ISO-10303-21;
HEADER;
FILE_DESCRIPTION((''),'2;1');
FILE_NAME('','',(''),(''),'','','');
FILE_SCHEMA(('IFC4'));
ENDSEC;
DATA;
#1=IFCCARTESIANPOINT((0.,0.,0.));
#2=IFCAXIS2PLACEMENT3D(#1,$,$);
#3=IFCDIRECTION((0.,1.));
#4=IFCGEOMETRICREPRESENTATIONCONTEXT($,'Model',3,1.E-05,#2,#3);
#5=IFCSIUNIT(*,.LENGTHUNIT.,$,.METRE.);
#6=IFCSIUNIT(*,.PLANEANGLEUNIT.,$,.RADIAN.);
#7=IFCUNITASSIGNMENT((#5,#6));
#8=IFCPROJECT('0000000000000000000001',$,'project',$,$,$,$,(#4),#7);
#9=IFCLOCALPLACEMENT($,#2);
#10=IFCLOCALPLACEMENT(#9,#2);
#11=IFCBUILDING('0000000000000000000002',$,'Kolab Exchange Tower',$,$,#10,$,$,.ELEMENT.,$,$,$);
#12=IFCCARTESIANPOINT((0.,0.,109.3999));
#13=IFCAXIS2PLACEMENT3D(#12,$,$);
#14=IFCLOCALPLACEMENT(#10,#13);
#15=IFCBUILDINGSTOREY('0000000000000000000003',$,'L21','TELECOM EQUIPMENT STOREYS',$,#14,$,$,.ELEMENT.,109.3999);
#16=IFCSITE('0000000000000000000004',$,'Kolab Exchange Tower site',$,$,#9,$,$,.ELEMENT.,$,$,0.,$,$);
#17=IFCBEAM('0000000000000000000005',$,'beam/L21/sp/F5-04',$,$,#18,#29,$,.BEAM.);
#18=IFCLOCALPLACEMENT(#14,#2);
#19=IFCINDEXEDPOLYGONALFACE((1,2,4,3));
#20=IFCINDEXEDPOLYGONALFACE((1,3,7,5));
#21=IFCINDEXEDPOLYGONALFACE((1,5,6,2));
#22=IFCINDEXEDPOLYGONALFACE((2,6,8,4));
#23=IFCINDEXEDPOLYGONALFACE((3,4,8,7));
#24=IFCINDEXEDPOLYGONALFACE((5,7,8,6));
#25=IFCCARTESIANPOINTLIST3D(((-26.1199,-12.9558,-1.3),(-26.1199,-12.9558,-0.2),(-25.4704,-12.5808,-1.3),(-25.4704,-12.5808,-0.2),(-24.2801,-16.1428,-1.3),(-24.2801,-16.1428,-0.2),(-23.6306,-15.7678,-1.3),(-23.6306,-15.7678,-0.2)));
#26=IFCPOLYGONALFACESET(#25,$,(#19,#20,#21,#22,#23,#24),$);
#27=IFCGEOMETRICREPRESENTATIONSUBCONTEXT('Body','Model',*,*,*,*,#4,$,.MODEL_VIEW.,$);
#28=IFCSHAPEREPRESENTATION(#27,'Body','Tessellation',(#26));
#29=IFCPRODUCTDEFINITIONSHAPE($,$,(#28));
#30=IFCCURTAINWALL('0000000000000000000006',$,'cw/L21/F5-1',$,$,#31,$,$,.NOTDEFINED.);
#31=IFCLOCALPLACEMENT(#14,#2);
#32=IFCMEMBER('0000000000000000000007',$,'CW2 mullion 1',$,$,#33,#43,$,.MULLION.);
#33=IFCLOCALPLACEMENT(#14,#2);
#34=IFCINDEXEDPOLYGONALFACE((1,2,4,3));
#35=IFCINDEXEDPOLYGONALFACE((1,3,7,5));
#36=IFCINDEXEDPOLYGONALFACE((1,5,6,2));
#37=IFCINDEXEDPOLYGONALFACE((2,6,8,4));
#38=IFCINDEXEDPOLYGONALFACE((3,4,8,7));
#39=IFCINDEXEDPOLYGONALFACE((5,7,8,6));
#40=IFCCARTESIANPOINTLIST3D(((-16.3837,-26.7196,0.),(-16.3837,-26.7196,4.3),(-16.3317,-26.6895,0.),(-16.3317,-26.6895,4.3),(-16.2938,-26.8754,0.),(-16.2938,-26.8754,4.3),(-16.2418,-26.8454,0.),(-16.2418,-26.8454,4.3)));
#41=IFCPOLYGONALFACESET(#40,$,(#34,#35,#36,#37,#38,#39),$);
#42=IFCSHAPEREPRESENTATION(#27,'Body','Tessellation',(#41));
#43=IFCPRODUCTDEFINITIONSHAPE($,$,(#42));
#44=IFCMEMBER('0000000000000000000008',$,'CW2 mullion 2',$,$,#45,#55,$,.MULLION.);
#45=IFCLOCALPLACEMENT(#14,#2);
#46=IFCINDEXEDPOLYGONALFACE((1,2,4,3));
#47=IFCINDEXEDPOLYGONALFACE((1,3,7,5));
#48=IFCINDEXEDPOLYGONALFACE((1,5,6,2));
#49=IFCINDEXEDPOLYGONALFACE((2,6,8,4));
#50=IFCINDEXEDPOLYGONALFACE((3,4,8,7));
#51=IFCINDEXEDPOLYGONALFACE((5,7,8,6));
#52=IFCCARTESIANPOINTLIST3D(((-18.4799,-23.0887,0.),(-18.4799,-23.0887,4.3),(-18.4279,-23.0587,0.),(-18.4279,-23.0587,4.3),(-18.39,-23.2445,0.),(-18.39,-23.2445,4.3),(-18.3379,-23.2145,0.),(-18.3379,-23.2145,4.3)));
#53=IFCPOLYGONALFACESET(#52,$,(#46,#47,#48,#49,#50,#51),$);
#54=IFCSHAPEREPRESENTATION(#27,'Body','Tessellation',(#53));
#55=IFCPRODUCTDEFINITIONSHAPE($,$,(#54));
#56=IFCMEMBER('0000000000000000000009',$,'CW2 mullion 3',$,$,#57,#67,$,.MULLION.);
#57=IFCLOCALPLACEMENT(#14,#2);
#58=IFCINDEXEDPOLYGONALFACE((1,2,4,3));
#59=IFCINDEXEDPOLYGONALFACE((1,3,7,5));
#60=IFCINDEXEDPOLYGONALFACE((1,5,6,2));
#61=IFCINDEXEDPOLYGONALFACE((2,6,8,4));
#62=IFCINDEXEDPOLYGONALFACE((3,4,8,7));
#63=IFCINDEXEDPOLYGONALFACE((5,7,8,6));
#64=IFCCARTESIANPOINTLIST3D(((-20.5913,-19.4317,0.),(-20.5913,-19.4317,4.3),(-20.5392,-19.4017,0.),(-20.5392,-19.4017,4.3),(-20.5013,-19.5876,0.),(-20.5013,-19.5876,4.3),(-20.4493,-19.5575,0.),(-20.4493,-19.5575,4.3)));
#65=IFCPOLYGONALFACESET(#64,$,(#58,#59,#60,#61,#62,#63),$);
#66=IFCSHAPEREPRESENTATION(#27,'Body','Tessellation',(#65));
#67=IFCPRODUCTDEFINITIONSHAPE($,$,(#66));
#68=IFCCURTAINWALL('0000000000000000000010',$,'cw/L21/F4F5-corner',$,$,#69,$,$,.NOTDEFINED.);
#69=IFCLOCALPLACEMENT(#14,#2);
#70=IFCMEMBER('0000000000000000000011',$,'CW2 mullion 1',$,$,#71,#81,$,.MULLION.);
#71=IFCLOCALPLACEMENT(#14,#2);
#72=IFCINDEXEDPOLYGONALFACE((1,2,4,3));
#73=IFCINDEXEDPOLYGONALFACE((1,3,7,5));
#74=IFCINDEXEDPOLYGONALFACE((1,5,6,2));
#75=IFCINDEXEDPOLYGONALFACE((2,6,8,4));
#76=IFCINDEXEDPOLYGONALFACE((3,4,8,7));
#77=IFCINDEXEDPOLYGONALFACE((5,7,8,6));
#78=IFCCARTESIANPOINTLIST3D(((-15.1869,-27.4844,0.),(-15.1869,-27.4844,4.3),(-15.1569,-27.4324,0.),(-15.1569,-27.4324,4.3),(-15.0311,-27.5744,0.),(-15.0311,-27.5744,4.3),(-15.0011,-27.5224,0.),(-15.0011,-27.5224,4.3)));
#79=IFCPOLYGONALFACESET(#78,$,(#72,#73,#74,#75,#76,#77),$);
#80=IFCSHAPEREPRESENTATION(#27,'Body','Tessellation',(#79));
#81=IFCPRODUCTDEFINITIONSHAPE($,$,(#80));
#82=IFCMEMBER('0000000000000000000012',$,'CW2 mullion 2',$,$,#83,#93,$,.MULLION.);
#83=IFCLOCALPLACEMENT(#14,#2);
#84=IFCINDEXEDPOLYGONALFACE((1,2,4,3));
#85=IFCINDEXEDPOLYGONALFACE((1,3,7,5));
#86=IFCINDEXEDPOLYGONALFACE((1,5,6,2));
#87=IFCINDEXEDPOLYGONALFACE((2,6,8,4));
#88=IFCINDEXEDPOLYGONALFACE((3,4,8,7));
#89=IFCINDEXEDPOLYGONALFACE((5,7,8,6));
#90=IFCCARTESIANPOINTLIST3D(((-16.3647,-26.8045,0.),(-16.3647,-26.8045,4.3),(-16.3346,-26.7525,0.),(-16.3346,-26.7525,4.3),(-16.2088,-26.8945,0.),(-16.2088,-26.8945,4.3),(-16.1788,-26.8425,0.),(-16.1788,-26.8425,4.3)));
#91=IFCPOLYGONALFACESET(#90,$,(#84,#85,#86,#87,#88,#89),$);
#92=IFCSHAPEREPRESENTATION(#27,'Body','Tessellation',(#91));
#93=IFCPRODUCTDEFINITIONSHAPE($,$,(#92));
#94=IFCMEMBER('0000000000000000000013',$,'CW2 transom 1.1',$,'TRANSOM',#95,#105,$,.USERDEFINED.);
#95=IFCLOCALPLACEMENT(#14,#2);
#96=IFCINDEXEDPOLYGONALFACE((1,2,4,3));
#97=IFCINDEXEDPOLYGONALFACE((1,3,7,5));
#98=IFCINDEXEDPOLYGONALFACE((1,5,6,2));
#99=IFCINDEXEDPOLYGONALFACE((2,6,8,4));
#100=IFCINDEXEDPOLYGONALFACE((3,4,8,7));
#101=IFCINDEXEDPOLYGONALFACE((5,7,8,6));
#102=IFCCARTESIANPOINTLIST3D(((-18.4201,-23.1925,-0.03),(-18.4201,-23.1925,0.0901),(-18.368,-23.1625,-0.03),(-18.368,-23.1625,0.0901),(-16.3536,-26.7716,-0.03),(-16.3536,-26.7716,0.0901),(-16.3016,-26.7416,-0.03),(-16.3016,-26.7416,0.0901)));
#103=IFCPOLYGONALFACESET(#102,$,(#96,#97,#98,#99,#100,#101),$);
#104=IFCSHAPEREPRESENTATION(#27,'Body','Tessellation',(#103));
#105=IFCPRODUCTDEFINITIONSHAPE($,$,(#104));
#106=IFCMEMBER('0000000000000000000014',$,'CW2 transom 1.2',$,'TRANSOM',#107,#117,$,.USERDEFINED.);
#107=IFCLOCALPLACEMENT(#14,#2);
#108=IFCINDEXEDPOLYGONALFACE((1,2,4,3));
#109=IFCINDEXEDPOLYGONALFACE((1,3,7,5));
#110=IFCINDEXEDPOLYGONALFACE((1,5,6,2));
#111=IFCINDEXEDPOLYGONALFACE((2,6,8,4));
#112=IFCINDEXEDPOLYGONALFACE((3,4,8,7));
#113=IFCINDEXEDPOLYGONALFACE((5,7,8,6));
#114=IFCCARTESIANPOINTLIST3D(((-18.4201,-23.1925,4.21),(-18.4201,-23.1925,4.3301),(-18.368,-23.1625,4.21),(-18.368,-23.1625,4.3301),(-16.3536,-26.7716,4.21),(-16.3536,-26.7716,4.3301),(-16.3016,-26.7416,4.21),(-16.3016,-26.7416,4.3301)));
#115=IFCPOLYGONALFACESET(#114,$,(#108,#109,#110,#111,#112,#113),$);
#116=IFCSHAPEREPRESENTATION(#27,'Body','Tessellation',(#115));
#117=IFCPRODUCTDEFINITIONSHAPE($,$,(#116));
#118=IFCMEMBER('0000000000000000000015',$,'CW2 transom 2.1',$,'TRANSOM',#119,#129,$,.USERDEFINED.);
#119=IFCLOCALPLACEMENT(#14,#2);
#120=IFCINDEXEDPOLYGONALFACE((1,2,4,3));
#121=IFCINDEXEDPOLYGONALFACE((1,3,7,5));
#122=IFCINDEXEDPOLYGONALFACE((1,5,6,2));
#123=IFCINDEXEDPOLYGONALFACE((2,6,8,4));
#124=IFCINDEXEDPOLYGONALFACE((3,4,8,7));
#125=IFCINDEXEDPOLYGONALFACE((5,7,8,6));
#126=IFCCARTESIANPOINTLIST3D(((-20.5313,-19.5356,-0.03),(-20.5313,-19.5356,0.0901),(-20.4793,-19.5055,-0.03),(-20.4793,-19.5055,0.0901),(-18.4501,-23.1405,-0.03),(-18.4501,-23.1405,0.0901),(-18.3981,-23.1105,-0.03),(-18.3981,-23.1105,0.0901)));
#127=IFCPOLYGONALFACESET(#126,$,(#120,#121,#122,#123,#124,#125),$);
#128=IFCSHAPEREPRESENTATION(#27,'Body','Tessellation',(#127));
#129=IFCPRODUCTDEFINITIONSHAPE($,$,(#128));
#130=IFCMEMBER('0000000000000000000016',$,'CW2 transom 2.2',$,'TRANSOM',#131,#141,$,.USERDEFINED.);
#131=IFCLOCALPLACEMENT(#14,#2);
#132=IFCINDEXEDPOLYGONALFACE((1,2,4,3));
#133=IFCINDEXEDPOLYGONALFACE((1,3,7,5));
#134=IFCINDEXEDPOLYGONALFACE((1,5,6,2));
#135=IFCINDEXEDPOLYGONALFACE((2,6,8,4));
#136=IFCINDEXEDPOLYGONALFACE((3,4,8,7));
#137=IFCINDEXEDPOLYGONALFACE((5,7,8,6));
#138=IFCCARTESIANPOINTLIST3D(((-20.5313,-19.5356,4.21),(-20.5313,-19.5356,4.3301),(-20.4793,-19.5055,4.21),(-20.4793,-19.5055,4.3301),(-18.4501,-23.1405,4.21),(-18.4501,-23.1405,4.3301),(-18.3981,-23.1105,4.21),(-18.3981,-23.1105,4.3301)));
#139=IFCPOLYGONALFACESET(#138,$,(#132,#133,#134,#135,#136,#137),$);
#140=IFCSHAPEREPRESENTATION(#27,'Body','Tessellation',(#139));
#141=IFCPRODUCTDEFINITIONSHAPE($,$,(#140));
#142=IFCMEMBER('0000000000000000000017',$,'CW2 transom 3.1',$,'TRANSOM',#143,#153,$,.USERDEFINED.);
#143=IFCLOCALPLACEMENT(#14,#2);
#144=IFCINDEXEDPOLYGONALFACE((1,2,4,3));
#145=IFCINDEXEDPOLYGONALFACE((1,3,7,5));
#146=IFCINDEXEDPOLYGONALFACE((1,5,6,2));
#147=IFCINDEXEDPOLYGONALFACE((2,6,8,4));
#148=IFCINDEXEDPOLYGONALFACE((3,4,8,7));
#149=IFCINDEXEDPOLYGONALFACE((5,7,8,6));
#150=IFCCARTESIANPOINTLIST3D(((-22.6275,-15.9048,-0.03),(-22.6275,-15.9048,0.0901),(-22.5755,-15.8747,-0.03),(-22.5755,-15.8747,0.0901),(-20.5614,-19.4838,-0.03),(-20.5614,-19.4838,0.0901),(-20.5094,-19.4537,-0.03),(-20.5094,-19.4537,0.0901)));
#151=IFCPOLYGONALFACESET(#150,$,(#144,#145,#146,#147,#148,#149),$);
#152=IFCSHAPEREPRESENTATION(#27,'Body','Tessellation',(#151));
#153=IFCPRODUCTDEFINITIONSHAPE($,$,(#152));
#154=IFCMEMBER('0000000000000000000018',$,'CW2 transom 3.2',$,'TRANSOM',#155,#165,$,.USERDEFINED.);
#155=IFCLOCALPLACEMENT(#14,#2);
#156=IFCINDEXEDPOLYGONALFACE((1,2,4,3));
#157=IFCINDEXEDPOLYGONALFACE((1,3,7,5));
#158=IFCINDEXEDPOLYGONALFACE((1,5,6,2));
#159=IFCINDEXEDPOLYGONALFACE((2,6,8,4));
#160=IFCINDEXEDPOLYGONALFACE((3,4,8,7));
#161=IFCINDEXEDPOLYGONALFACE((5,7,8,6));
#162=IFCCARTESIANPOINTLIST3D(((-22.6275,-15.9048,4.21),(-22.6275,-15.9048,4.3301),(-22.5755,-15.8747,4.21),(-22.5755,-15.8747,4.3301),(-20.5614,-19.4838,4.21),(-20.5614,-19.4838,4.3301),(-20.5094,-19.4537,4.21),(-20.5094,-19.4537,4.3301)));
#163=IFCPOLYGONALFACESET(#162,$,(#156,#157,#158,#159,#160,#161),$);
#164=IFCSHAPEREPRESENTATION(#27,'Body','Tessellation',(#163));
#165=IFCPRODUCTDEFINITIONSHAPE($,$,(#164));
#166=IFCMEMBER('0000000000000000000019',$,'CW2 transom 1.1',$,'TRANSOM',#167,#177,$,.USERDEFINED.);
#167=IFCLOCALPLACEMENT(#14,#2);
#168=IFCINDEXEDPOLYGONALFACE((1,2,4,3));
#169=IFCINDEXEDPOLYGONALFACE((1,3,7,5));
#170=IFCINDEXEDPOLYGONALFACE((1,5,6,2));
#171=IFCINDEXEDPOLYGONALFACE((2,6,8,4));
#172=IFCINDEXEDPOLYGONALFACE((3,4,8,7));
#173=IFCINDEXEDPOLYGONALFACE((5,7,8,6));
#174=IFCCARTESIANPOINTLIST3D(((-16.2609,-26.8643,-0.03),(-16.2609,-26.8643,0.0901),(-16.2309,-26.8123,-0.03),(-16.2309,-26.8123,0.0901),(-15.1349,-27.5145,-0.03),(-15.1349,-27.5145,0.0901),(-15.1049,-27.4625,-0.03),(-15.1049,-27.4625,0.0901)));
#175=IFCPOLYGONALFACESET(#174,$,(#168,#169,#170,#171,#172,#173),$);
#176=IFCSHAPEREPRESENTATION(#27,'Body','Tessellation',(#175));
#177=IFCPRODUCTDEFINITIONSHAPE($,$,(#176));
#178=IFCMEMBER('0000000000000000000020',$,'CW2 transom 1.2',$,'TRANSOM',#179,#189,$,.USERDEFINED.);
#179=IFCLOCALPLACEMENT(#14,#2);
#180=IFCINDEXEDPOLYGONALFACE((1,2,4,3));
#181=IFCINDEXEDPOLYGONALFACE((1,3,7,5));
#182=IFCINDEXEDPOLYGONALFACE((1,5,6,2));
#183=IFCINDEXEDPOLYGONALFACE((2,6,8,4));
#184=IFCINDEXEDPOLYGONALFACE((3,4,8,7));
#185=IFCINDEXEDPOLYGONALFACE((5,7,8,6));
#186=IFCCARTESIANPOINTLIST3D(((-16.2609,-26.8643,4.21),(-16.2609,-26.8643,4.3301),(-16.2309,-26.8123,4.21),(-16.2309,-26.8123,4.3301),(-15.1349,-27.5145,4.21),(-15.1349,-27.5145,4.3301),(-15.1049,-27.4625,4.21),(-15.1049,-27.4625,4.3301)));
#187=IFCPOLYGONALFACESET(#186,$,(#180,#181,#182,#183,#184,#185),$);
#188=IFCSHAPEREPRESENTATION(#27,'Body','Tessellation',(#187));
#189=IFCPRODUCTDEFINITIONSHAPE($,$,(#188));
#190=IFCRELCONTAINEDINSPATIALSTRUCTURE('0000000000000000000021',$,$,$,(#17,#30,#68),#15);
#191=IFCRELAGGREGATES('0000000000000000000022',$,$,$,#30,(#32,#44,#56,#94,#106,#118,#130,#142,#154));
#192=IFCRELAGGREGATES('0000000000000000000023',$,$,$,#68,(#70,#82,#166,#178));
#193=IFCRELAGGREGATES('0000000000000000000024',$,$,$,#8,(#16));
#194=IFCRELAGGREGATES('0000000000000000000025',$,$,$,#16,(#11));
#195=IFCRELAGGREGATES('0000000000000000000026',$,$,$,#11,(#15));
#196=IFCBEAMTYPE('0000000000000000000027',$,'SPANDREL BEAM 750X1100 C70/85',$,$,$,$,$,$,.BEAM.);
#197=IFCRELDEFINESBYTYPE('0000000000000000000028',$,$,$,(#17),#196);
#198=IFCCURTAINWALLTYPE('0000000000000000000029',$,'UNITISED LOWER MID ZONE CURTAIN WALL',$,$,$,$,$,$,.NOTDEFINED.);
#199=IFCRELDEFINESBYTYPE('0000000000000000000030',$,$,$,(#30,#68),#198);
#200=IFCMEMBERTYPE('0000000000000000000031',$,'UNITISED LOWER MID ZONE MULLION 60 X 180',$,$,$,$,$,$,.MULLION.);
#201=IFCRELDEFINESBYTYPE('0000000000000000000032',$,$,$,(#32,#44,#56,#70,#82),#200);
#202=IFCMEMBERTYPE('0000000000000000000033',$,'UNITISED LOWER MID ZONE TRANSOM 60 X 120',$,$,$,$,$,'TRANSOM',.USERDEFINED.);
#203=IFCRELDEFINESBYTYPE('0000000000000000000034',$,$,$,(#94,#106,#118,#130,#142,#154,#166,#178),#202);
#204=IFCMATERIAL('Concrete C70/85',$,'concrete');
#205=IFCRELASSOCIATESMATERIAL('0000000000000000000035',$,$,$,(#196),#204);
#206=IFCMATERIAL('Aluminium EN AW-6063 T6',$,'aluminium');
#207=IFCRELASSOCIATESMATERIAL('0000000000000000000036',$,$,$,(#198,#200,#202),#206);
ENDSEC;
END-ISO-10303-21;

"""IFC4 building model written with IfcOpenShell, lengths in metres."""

from ifc_helpers import new_model, si_unit, direction, frame, origin, origin_2d, place, context, subcontext, project, spatial, rectangle, extrude, material, material_profile, profile_set, type_object, element, aggregate, save


model = new_model("IFC4")

# Units and contexts
model_context = context("Model", 3, precision=1e-05, world=origin(), true_north=direction((0.0, 1.0)))
body_context = subcontext(model_context, "Body", "Model", "MODEL_VIEW")
ifc_project = project(units=[si_unit("LENGTHUNIT", "METRE"), si_unit("PLANEANGLEUNIT", "RADIAN")], contexts=[model_context])

# Site, building, storey
site_placement = place(None, origin())
site = spatial("IfcSite", under=ifc_project, at=site_placement, Name="Kolab Exchange Tower site", CompositionType="ELEMENT", RefElevation=0.0)
building_placement = place(site_placement, origin())
building = spatial("IfcBuilding", under=site, at=building_placement, Name="Kolab Exchange Tower", CompositionType="ELEMENT")
storey_placement = place(building_placement, frame((0.0, 0.0, 109.3999)))
storey = spatial("IfcBuildingStorey", under=building, at=storey_placement, Name="L21", Description="TELECOM EQUIPMENT STOREYS", CompositionType="ELEMENT", Elevation=109.3999)

# Shared definitions
ifc_material_1 = material(Name="Concrete C70/85", Category="concrete")

# Beam
ifc_material_profile_1 = material_profile(ifc_material_1, rectangle(XDim=0.75, YDim=1.1001, at=origin_2d()), Name="RC750X1100")
ifc_profile_set_1 = profile_set([ifc_material_profile_1], Name="Concrete C70/85")
beam_type_1 = type_object("IfcBeamType", Name="SPANDREL BEAM 750X1100 C70/85", PredefinedType="BEAM", material=ifc_profile_set_1)
beam_1_placement = place(storey_placement, frame((-23.9553, -15.9553, -0.75), z_axis=(-0.499964, 0.866046, 0.0), x_axis=(-0.866046, -0.499964, 0.0)))
element("IfcBeam", 1, at=beam_1_placement, inside=storey, type_object=beam_type_1, Name="beam/L21/sp/F5-04", PredefinedType="BEAM", context=body_context, shape_type="SweptSolid", body=[
    extrude(rectangle(XDim=0.75, YDim=1.1001, at=origin_2d()), origin(), (0.0, 0.0, 1.0), 3.6799),
])

# Curtain walls, members
ifc_material_2 = material(Name="Aluminium EN AW-6063 T6", Category="aluminium")
curtain_wall_type = type_object("IfcCurtainWallType", Name="UNITISED LOWER MID ZONE CURTAIN WALL", PredefinedType="NOTDEFINED", material=ifc_material_2)
curtain_wall_1_placement = place(storey_placement, origin())
curtain_wall_1 = element("IfcCurtainWall", 2, at=curtain_wall_1_placement, inside=storey, type_object=curtain_wall_type, Name="cw/L21/F5-1", PredefinedType="NOTDEFINED")
ifc_material_profile_2 = material_profile(ifc_material_2, rectangle(XDim=0.0601, YDim=0.1799, at=origin_2d()), Name="RECT 60X180")
ifc_profile_set_2 = profile_set([ifc_material_profile_2], Name="Aluminium EN AW-6063 T6")
member_type_1 = type_object("IfcMemberType", Name="UNITISED LOWER MID ZONE MULLION 60 X 180", PredefinedType="MULLION", material=ifc_profile_set_2)
member_1_placement = place(storey_placement, frame((-16.3127, -26.7825, 0.0), z_axis=(0.0, 0.0, 1.0), x_axis=(-0.866025, -0.5, 0.0)))
member_1 = element("IfcMember", 3, at=member_1_placement, type_object=member_type_1, Name="CW2 mullion 1", PredefinedType="MULLION", context=body_context, shape_type="SweptSolid", body=[
    extrude(rectangle(XDim=0.0601, YDim=0.1799, at=origin_2d()), origin(), (0.0, 0.0, 1.0), 4.3),
])
member_2_placement = place(storey_placement, frame((-18.4089, -23.1516, 0.0), z_axis=(0.0, 0.0, 1.0), x_axis=(-0.866025, -0.5, 0.0)))
member_2 = element("IfcMember", 4, at=member_2_placement, type_object=member_type_1, Name="CW2 mullion 2", PredefinedType="MULLION", context=body_context, shape_type="SweptSolid", body=[
    extrude(rectangle(XDim=0.0601, YDim=0.1799, at=origin_2d()), origin(), (0.0, 0.0, 1.0), 4.3),
])
member_3_placement = place(storey_placement, frame((-20.5203, -19.4946, 0.0), z_axis=(0.0, 0.0, 1.0), x_axis=(-0.866025, -0.5, 0.0)))
member_3 = element("IfcMember", 5, at=member_3_placement, type_object=member_type_1, Name="CW2 mullion 3", PredefinedType="MULLION", context=body_context, shape_type="SweptSolid", body=[
    extrude(rectangle(XDim=0.0601, YDim=0.1799, at=origin_2d()), origin(), (0.0, 0.0, 1.0), 4.3),
])
curtain_wall_2_placement = place(storey_placement, origin())
curtain_wall_2 = element("IfcCurtainWall", 6, at=curtain_wall_2_placement, inside=storey, type_object=curtain_wall_type, Name="cw/L21/F4F5-corner", PredefinedType="NOTDEFINED")
member_4_placement = place(storey_placement, frame((-15.094, -27.5034, 0.0), z_axis=(0.0, 0.0, 1.0), x_axis=(-0.5, -0.866025, 0.0)))
member_4 = element("IfcMember", 7, at=member_4_placement, type_object=member_type_1, Name="CW2 mullion 1", PredefinedType="MULLION", context=body_context, shape_type="SweptSolid", body=[
    extrude(rectangle(XDim=0.0601, YDim=0.1799, at=origin_2d()), origin(), (0.0, 0.0, 1.0), 4.3),
])
member_5_placement = place(storey_placement, frame((-16.2717, -26.8235, 0.0), z_axis=(0.0, 0.0, 1.0), x_axis=(-0.5, -0.866025, 0.0)))
member_5 = element("IfcMember", 8, at=member_5_placement, type_object=member_type_1, Name="CW2 mullion 2", PredefinedType="MULLION", context=body_context, shape_type="SweptSolid", body=[
    extrude(rectangle(XDim=0.0601, YDim=0.1799, at=origin_2d()), origin(), (0.0, 0.0, 1.0), 4.3),
])

# Members
ifc_material_profile_3 = material_profile(ifc_material_2, rectangle(XDim=0.0601, YDim=0.1201, at=origin_2d()), Name="RECT 60X120")
ifc_profile_set_3 = profile_set([ifc_material_profile_3], Name="Aluminium EN AW-6063 T6")
member_type_2 = type_object("IfcMemberType", Name="UNITISED LOWER MID ZONE TRANSOM 60 X 120", ElementType="TRANSOM", PredefinedType="USERDEFINED", material=ifc_profile_set_3)
member_6_placement = place(storey_placement, frame((-16.3276, -26.7566, 0.03), z_axis=(-0.500002, 0.866024, 0.0), x_axis=(-0.866024, -0.500002, 0.0)))
member_6 = element("IfcMember", 9, at=member_6_placement, type_object=member_type_2, Name="CW2 transom 1.1", ObjectType="TRANSOM", PredefinedType="USERDEFINED", context=body_context, shape_type="SweptSolid", body=[
    extrude(rectangle(XDim=0.0601, YDim=0.1201, at=origin_2d()), origin(), (0.0, 0.0, 1.0), 4.1328),
])
member_7_placement = place(storey_placement, frame((-16.3276, -26.7566, 4.27), z_axis=(-0.500002, 0.866024, 0.0), x_axis=(-0.866024, -0.500002, 0.0)))
member_7 = element("IfcMember", 10, at=member_7_placement, type_object=member_type_2, Name="CW2 transom 1.2", ObjectType="TRANSOM", PredefinedType="USERDEFINED", context=body_context, shape_type="SweptSolid", body=[
    extrude(rectangle(XDim=0.0601, YDim=0.1201, at=origin_2d()), origin(), (0.0, 0.0, 1.0), 4.1328),
])
member_8_placement = place(storey_placement, frame((-18.4241, -23.1255, 0.03), z_axis=(-0.499993, 0.866029, 0.0), x_axis=(-0.866029, -0.499993, 0.0)))
member_8 = element("IfcMember", 11, at=member_8_placement, type_object=member_type_2, Name="CW2 transom 2.1", ObjectType="TRANSOM", PredefinedType="USERDEFINED", context=body_context, shape_type="SweptSolid", body=[
    extrude(rectangle(XDim=0.0601, YDim=0.1201, at=origin_2d()), origin(), (0.0, 0.0, 1.0), 4.1626),
])
member_9_placement = place(storey_placement, frame((-18.4241, -23.1255, 4.27), z_axis=(-0.499993, 0.866029, 0.0), x_axis=(-0.866029, -0.499993, 0.0)))
member_9 = element("IfcMember", 12, at=member_9_placement, type_object=member_type_2, Name="CW2 transom 2.2", ObjectType="TRANSOM", PredefinedType="USERDEFINED", context=body_context, shape_type="SweptSolid", body=[
    extrude(rectangle(XDim=0.0601, YDim=0.1201, at=origin_2d()), origin(), (0.0, 0.0, 1.0), 4.1626),
])
member_10_placement = place(storey_placement, frame((-20.5354, -19.4688, 0.03), z_axis=(-0.499958, 0.86605, 0.0), x_axis=(-0.86605, -0.499958, 0.0)))
member_10 = element("IfcMember", 13, at=member_10_placement, type_object=member_type_2, Name="CW2 transom 3.1", ObjectType="TRANSOM", PredefinedType="USERDEFINED", context=body_context, shape_type="SweptSolid", body=[
    extrude(rectangle(XDim=0.0601, YDim=0.1201, at=origin_2d()), origin(), (0.0, 0.0, 1.0), 4.1326),
])
member_11_placement = place(storey_placement, frame((-20.5354, -19.4688, 4.27), z_axis=(-0.499958, 0.86605, 0.0), x_axis=(-0.86605, -0.499958, 0.0)))
member_11 = element("IfcMember", 14, at=member_11_placement, type_object=member_type_2, Name="CW2 transom 3.2", ObjectType="TRANSOM", PredefinedType="USERDEFINED", context=body_context, shape_type="SweptSolid", body=[
    extrude(rectangle(XDim=0.0601, YDim=0.1201, at=origin_2d()), origin(), (0.0, 0.0, 1.0), 4.1326),
])
member_12_placement = place(storey_placement, frame((-15.1199, -27.4885, 0.03), z_axis=(-0.866004, 0.500037, 0.0), x_axis=(-0.500037, -0.866004, 0.0)))
member_12 = element("IfcMember", 15, at=member_12_placement, type_object=member_type_2, Name="CW2 transom 1.1", ObjectType="TRANSOM", PredefinedType="USERDEFINED", context=body_context, shape_type="SweptSolid", body=[
    extrude(rectangle(XDim=0.0601, YDim=0.1201, at=origin_2d()), origin(), (0.0, 0.0, 1.0), 1.3003),
])
member_13_placement = place(storey_placement, frame((-15.1199, -27.4885, 4.27), z_axis=(-0.866004, 0.500037, 0.0), x_axis=(-0.500037, -0.866004, 0.0)))
member_13 = element("IfcMember", 16, at=member_13_placement, type_object=member_type_2, Name="CW2 transom 1.2", ObjectType="TRANSOM", PredefinedType="USERDEFINED", context=body_context, shape_type="SweptSolid", body=[
    extrude(rectangle(XDim=0.0601, YDim=0.1201, at=origin_2d()), origin(), (0.0, 0.0, 1.0), 1.3003),
])

aggregate(curtain_wall_1, [member_1, member_2, member_3, member_6, member_7, member_8, member_9, member_10, member_11])
aggregate(curtain_wall_2, [member_4, member_5, member_12, member_13])

save(model, "model.ifc")
